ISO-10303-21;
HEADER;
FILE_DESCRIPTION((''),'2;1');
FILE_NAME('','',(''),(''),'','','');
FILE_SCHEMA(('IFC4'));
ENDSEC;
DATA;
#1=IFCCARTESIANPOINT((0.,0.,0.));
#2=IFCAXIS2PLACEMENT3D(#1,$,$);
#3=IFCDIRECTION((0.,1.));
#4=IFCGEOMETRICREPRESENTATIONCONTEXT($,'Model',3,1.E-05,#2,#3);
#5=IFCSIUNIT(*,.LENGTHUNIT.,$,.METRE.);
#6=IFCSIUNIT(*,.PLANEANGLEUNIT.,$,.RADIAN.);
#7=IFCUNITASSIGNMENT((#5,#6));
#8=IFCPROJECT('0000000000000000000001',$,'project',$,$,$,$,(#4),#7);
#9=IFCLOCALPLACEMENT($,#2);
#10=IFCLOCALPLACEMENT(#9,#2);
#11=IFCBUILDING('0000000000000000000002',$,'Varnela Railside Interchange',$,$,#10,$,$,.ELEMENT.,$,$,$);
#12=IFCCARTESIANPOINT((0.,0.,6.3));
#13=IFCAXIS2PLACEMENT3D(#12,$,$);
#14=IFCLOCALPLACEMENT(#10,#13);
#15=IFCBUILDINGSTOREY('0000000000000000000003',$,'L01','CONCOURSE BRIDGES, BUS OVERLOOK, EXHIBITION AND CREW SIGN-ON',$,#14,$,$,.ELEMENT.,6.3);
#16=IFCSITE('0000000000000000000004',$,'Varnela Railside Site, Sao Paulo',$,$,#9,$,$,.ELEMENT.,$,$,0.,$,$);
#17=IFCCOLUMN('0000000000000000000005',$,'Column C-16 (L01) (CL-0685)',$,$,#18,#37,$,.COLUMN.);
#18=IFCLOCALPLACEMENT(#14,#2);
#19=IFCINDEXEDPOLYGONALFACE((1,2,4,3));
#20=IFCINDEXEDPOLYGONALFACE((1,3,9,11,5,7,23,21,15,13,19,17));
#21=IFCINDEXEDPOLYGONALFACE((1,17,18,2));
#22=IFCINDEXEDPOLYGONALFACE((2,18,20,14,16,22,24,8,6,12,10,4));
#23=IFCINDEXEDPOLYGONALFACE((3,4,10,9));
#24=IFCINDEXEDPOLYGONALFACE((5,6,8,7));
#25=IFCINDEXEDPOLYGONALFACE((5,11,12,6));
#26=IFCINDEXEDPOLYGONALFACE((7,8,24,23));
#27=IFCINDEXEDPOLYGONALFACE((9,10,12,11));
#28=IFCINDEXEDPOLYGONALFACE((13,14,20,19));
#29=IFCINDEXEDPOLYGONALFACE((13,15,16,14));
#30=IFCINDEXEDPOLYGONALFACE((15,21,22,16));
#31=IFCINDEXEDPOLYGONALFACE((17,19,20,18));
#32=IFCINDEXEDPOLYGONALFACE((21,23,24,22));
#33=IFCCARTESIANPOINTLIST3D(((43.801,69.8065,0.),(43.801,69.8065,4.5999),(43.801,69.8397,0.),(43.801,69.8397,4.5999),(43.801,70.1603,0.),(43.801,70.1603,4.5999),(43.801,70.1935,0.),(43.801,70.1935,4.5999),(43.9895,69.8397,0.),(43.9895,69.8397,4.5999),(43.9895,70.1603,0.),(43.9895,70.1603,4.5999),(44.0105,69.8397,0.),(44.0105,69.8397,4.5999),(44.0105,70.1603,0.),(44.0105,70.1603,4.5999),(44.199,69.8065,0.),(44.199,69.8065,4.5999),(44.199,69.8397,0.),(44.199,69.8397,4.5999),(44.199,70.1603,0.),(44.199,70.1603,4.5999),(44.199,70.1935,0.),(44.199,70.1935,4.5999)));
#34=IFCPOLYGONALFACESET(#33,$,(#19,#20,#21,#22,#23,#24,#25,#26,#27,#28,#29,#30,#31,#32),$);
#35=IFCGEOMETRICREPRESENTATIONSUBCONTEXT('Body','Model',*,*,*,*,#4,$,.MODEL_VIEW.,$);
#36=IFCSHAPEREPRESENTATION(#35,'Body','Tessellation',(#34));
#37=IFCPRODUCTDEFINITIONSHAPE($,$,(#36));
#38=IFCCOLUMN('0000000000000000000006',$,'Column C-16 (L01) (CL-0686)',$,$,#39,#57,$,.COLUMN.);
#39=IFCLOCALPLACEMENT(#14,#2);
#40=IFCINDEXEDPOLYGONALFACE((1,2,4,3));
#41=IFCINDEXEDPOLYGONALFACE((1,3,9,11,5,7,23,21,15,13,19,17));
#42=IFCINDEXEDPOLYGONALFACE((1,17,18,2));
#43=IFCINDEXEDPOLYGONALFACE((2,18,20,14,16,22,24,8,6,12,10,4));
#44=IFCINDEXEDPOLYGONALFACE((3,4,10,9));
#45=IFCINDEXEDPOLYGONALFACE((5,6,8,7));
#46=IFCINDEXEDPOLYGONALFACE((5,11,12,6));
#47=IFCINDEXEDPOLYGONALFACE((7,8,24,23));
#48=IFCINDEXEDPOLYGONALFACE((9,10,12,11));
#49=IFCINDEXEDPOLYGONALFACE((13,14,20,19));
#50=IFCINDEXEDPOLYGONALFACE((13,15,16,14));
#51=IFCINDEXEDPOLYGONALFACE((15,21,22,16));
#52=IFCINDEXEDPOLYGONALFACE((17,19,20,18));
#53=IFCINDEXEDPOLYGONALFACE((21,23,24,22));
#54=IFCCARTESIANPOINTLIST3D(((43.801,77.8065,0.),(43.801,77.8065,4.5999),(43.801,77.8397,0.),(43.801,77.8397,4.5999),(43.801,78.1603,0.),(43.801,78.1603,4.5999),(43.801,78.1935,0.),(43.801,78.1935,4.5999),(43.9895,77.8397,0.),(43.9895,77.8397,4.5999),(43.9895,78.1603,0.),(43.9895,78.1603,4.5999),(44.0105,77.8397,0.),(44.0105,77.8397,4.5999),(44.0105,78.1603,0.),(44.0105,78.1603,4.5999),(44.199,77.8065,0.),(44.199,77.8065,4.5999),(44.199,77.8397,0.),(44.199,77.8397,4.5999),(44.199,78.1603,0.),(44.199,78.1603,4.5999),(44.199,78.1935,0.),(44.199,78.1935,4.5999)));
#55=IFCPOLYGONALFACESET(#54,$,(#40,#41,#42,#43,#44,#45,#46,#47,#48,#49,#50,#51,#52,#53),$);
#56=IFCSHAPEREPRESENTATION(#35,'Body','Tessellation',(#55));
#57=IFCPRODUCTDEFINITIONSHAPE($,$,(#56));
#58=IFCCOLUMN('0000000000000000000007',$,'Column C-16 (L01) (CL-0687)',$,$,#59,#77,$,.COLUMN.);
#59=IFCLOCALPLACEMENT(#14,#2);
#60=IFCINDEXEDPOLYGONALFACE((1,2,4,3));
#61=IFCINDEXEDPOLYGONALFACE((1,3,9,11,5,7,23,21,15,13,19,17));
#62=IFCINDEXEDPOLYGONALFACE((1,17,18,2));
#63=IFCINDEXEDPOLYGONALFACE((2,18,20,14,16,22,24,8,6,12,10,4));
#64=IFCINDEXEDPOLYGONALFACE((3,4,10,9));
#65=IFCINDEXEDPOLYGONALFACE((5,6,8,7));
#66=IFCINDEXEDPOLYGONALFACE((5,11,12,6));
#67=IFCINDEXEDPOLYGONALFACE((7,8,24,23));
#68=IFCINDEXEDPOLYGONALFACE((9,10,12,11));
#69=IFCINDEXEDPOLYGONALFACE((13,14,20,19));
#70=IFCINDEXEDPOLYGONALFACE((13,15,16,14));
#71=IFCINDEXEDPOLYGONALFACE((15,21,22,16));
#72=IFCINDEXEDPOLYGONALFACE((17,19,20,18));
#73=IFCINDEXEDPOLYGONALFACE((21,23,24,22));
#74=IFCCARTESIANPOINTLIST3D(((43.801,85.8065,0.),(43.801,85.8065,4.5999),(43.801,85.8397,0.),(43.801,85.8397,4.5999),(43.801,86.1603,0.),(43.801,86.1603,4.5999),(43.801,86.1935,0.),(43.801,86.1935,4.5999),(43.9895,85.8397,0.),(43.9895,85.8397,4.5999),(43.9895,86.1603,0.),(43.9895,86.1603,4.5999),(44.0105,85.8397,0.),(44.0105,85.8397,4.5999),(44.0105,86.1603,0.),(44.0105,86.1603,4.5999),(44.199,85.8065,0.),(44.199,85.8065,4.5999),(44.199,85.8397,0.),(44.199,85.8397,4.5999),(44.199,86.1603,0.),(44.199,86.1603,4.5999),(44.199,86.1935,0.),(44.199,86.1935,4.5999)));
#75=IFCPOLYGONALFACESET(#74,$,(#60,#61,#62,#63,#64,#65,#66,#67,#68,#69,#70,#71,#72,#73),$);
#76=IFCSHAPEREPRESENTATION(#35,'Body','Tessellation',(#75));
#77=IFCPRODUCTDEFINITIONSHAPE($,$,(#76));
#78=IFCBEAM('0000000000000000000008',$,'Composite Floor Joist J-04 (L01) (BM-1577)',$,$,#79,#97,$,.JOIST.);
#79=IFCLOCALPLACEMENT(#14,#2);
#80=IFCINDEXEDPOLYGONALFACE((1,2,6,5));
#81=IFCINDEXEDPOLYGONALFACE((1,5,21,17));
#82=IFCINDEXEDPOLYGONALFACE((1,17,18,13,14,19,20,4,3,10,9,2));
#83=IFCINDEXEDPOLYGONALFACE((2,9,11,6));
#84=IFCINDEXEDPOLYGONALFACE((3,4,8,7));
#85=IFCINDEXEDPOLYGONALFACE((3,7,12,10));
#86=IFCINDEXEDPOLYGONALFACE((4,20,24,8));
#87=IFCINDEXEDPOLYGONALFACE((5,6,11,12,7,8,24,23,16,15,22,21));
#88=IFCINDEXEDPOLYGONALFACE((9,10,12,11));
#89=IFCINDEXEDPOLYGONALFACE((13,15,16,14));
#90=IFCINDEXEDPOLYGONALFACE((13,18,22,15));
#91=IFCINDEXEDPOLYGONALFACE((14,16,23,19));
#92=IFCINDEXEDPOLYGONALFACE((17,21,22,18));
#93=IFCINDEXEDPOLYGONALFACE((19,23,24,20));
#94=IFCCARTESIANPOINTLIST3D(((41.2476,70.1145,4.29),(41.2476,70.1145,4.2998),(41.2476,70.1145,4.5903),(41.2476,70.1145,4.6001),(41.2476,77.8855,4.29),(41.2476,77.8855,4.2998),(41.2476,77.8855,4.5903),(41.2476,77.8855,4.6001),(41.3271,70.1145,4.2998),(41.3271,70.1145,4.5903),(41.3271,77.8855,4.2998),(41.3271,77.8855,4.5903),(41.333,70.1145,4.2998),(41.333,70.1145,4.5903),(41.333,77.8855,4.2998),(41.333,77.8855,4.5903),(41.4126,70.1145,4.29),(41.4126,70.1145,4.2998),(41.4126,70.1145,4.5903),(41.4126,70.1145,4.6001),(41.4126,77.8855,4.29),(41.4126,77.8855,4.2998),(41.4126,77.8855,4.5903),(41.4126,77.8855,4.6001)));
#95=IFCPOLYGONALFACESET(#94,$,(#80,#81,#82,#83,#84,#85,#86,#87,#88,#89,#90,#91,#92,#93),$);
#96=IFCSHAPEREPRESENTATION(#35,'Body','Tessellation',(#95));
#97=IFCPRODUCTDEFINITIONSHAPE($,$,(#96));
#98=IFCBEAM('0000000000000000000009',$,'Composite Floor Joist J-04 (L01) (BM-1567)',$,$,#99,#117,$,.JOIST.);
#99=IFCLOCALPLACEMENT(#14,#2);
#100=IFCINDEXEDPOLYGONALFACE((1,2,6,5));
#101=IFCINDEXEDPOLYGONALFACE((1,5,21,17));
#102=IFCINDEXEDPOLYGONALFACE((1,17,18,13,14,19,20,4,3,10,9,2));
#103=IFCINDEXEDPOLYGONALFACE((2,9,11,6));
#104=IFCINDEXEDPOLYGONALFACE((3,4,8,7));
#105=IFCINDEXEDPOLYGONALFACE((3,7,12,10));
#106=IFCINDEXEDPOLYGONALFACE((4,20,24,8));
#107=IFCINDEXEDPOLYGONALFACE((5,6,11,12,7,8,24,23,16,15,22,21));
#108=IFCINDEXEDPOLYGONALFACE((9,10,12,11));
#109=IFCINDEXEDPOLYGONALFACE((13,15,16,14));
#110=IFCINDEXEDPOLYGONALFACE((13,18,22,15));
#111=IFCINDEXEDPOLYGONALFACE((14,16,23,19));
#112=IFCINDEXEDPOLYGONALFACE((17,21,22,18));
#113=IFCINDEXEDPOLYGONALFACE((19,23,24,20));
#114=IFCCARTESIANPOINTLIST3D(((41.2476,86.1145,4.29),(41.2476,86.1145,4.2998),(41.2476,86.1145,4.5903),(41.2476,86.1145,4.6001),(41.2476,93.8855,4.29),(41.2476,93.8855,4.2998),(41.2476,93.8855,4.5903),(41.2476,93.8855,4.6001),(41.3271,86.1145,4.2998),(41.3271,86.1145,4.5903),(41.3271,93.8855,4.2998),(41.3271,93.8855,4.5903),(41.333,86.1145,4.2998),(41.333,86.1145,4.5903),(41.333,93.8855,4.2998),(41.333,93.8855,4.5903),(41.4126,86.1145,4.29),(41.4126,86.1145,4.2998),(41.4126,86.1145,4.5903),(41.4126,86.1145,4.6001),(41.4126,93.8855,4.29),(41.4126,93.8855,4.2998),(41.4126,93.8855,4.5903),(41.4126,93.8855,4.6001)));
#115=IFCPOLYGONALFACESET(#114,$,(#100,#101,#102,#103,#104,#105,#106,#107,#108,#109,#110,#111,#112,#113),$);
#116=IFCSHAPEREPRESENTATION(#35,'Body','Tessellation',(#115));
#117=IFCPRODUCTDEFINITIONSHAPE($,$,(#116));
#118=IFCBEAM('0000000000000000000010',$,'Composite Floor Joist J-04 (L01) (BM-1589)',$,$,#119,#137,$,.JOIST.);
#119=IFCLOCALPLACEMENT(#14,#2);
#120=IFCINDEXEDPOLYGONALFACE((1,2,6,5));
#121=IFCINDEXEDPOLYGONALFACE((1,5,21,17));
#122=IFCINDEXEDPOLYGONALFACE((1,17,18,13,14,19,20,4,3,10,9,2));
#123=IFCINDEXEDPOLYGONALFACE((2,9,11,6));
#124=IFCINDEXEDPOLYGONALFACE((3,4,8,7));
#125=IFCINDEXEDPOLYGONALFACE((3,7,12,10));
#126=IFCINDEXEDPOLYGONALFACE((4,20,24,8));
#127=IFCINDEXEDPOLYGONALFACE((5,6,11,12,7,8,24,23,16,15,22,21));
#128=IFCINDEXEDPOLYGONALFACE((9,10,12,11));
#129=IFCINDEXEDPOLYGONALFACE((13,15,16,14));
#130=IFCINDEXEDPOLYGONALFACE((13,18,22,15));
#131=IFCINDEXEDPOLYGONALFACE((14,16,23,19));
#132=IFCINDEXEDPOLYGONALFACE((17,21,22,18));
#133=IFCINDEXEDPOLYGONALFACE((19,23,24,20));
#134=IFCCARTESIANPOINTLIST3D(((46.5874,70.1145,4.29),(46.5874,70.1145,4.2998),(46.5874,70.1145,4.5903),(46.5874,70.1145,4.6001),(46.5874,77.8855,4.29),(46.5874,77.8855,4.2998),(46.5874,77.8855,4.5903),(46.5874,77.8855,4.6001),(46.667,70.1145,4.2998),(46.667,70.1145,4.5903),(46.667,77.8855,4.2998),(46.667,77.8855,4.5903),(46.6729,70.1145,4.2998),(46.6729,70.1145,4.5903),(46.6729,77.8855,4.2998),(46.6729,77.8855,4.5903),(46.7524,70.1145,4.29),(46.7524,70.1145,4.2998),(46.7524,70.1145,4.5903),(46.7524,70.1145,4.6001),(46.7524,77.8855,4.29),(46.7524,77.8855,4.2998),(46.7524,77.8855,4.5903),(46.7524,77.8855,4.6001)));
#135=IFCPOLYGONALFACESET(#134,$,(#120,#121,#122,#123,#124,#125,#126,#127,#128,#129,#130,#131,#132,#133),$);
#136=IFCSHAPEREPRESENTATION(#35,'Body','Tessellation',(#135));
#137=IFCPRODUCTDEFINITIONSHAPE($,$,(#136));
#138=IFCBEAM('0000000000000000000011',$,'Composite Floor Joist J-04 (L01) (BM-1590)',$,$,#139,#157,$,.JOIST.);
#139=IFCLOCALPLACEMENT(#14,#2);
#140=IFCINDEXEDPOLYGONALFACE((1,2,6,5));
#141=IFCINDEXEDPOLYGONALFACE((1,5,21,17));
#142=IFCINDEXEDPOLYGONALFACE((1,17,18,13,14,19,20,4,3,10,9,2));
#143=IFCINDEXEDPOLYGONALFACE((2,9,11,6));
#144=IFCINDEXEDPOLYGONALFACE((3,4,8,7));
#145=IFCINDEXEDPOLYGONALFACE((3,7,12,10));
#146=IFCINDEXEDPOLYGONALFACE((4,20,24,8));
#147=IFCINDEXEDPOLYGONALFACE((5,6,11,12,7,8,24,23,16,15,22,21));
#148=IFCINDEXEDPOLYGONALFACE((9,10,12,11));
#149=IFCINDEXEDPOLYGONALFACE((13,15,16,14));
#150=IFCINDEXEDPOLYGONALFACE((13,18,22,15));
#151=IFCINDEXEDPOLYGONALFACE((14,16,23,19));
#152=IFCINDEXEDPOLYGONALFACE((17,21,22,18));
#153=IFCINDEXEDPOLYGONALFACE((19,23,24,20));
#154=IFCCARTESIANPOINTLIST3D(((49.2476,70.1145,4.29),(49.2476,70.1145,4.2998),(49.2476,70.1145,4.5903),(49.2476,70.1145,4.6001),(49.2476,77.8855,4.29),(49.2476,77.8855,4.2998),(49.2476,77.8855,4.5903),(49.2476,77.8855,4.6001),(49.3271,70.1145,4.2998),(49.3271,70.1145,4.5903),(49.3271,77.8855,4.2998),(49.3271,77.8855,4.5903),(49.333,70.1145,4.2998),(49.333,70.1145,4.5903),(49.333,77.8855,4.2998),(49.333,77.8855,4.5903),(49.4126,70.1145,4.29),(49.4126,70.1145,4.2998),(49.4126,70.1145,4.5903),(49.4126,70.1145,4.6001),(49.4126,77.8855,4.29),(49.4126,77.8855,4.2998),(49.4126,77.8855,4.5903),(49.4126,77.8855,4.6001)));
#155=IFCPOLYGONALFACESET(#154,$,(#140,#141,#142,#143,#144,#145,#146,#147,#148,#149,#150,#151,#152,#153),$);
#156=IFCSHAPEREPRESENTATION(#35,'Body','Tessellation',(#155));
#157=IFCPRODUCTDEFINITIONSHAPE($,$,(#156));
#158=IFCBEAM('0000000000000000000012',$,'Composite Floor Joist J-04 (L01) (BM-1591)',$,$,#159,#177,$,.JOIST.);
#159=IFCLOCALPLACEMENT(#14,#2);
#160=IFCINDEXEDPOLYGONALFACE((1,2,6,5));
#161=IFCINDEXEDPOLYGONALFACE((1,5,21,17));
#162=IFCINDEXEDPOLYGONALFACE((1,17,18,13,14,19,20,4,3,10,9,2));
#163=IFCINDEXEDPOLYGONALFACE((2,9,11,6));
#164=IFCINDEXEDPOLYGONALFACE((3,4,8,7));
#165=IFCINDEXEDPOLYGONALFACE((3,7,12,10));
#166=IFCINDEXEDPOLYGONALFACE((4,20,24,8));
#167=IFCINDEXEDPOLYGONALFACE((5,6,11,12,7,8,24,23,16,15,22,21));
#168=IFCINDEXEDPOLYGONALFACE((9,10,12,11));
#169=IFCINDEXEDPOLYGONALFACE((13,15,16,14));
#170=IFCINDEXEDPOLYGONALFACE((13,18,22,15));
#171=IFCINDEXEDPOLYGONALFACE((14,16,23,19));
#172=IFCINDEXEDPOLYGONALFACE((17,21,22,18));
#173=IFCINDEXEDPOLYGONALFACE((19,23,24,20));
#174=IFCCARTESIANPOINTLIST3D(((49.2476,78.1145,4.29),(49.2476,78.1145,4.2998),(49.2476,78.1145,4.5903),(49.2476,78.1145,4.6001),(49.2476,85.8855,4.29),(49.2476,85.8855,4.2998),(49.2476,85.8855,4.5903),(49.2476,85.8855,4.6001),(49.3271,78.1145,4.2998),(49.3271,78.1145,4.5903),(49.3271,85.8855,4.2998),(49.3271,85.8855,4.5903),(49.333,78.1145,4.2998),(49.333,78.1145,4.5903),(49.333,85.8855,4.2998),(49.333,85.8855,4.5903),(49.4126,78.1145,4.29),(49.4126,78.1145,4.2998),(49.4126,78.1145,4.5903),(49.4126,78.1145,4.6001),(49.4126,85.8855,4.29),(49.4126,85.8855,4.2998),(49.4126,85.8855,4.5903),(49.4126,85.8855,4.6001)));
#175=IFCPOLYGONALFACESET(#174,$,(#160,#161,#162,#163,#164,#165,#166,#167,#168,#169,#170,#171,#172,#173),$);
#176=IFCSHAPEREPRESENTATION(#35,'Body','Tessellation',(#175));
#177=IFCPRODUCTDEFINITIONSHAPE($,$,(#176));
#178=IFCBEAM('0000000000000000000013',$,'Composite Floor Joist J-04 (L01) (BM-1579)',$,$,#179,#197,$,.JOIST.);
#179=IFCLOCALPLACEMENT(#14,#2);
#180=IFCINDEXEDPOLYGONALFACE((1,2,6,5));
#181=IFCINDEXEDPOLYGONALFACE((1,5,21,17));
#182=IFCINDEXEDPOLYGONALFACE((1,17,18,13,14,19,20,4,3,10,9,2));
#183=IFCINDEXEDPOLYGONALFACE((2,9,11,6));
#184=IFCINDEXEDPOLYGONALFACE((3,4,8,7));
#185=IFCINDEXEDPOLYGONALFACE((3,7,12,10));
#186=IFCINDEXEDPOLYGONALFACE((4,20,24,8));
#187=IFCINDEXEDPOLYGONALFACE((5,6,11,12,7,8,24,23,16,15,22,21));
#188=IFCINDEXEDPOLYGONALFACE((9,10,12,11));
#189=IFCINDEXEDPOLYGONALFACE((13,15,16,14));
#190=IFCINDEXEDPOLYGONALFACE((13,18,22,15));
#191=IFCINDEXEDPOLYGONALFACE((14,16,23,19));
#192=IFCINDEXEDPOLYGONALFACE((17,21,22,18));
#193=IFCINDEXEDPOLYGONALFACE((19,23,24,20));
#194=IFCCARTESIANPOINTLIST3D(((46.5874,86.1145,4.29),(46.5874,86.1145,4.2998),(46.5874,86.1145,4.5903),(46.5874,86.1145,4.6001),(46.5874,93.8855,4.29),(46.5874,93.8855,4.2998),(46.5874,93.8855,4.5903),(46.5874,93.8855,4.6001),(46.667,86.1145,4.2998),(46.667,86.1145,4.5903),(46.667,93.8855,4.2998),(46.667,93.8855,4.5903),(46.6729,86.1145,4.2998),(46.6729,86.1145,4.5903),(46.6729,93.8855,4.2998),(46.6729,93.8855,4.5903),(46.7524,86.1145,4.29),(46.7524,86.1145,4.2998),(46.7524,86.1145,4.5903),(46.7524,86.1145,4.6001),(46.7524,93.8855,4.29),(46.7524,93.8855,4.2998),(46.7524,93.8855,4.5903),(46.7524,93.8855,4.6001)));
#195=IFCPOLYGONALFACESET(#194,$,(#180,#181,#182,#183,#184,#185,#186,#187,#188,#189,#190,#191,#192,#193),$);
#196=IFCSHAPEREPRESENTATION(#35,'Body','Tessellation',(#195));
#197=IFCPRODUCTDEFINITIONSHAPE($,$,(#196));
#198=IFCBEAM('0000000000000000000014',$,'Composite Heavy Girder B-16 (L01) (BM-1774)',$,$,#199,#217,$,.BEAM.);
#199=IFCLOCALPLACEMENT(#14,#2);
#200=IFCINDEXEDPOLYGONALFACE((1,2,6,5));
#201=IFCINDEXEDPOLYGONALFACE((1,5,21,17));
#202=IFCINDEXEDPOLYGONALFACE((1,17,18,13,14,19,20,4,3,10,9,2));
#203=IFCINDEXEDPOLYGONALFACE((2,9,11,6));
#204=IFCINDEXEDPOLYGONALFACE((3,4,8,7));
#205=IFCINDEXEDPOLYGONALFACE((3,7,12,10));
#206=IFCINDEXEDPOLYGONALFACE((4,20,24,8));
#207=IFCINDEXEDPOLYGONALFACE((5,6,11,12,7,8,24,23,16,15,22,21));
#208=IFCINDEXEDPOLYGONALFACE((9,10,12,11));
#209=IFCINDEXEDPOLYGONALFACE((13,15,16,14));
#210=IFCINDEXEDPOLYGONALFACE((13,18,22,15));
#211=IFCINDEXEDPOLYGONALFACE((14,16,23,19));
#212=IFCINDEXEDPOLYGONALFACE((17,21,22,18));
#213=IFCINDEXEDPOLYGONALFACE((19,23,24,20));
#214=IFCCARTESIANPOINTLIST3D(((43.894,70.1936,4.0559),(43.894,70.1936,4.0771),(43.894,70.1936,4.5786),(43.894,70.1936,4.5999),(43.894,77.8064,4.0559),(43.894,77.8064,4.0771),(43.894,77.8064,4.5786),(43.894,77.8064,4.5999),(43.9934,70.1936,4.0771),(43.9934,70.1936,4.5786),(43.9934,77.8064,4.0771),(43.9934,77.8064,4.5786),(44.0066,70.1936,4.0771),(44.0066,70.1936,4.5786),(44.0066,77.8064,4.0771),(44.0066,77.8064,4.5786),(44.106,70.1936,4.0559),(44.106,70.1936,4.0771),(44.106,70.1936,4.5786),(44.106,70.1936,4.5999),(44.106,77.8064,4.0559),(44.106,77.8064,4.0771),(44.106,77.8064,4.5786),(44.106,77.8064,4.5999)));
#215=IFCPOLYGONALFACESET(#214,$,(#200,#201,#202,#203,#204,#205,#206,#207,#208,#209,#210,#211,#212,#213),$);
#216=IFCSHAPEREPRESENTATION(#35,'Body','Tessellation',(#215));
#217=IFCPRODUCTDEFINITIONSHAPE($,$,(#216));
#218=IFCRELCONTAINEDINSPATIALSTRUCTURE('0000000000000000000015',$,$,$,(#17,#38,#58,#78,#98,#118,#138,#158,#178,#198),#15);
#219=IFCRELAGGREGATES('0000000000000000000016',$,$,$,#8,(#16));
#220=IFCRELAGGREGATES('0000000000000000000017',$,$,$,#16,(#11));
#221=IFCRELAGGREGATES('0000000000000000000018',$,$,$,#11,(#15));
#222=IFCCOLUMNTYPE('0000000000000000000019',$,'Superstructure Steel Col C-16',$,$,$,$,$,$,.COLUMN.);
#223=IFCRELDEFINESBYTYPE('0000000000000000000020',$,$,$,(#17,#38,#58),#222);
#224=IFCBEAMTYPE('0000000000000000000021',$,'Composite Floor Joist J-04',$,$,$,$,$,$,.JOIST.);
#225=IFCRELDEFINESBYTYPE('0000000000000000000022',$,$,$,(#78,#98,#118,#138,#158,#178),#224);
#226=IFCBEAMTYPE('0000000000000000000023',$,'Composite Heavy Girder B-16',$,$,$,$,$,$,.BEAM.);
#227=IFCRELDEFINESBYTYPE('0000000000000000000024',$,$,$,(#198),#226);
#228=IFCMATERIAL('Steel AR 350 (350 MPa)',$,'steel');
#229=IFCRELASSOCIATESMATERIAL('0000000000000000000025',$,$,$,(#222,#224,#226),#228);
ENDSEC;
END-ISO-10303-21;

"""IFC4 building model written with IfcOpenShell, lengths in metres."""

from ifc_helpers import new_model, si_unit, direction, frame, origin, origin_2d, place, context, subcontext, project, spatial, i_section, extrude, material, material_profile, profile_set, type_object, element, save


model = new_model("IFC4")

# Units and contexts
model_context = context("Model", 3, precision=1e-05, world=origin(), true_north=direction((0.0, 1.0)))
body_context = subcontext(model_context, "Body", "Model", "MODEL_VIEW")
ifc_project = project(units=[si_unit("LENGTHUNIT", "METRE"), si_unit("PLANEANGLEUNIT", "RADIAN")], contexts=[model_context])

# Site, building, storey
site_placement = place(None, origin())
site = spatial("IfcSite", under=ifc_project, at=site_placement, Name="Varnela Railside Site, Sao Paulo", CompositionType="ELEMENT", RefElevation=0.0)
building_placement = place(site_placement, origin())
building = spatial("IfcBuilding", under=site, at=building_placement, Name="Varnela Railside Interchange", CompositionType="ELEMENT")
storey_placement = place(building_placement, frame((0.0, 0.0, 6.3)))
storey = spatial("IfcBuildingStorey", under=building, at=storey_placement, Name="L01", Description="CONCOURSE BRIDGES, BUS OVERLOOK, EXHIBITION AND CREW SIGN-ON", CompositionType="ELEMENT", Elevation=6.3)

# Columns
ifc_material_1 = material(Name="Steel AR 350 (350 MPa)", Category="steel")
ifc_material_profile_1 = material_profile(ifc_material_1, i_section(OverallWidth=0.3979, OverallDepth=0.387, WebThickness=0.021, FlangeThickness=0.0332, at=origin_2d()), Name="W360x262")
ifc_profile_set_1 = profile_set([ifc_material_profile_1], Name="Steel AR 350 (350 MPa)")
column_type = type_object("IfcColumnType", Name="Superstructure Steel Col C-16", PredefinedType="COLUMN", material=ifc_profile_set_1)
for number, where, z_axis, x_axis, name in (
    (1, (44.0, 70.0, 0.0), (0.0, 0.0, 1.0), (1.0, 0.0, 0.0), "Column C-16 (L01) (CL-0685)"),
    (2, (44.0, 78.0, 0.0), (0.0, 0.0, 1.0), (1.0, 0.0, 0.0), "Column C-16 (L01) (CL-0686)"),
    (3, (44.0, 86.0, 0.0), (0.0, 0.0, 1.0), (1.0, 0.0, 0.0), "Column C-16 (L01) (CL-0687)"),
):
    element("IfcColumn", number, at=place(storey_placement, frame(where, z_axis=z_axis, x_axis=x_axis)), inside=storey, type_object=column_type, Name=name, PredefinedType="COLUMN", context=body_context, shape_type="SweptSolid", body=[
        extrude(i_section(OverallWidth=0.3979, OverallDepth=0.387, WebThickness=0.021, FlangeThickness=0.0332, at=origin_2d()), origin(), (0.0, 0.0, 1.0), 4.5999),
    ])

# Beams
ifc_material_profile_2 = material_profile(ifc_material_1, i_section(OverallWidth=0.165, OverallDepth=0.3101, WebThickness=0.0059, FlangeThickness=0.0098, at=origin_2d()), Name="W310x38.7")
ifc_profile_set_2 = profile_set([ifc_material_profile_2], Name="Steel AR 350 (350 MPa)")
beam_type_1 = type_object("IfcBeamType", Name="Composite Floor Joist J-04", PredefinedType="JOIST", material=ifc_profile_set_2)
for number, where, z_axis, x_axis, name in (
    (4, (41.3301, 70.1145, 4.4451), (0.0, 1.0, 0.0), (-1.0, 0.0, 0.0), "Composite Floor Joist J-04 (L01) (BM-1577)"),
    (5, (41.3301, 86.1145, 4.4451), (0.0, 1.0, 0.0), (-1.0, 0.0, 0.0), "Composite Floor Joist J-04 (L01) (BM-1567)"),
    (6, (46.6699, 70.1145, 4.4451), (0.0, 1.0, 0.0), (-1.0, 0.0, 0.0), "Composite Floor Joist J-04 (L01) (BM-1589)"),
    (7, (49.3301, 70.1145, 4.4451), (0.0, 1.0, 0.0), (-1.0, 0.0, 0.0), "Composite Floor Joist J-04 (L01) (BM-1590)"),
    (8, (49.3301, 78.1145, 4.4451), (0.0, 1.0, 0.0), (-1.0, 0.0, 0.0), "Composite Floor Joist J-04 (L01) (BM-1591)"),
    (9, (46.6699, 86.1145, 4.4451), (0.0, 1.0, 0.0), (-1.0, 0.0, 0.0), "Composite Floor Joist J-04 (L01) (BM-1579)"),
):
    element("IfcBeam", number, at=place(storey_placement, frame(where, z_axis=z_axis, x_axis=x_axis)), inside=storey, type_object=beam_type_1, Name=name, PredefinedType="JOIST", context=body_context, shape_type="SweptSolid", body=[
        extrude(i_section(OverallWidth=0.165, OverallDepth=0.3101, WebThickness=0.0059, FlangeThickness=0.0098, at=origin_2d()), origin(), (0.0, 0.0, 1.0), 7.771),
    ])
ifc_material_profile_3 = material_profile(ifc_material_1, i_section(OverallWidth=0.2119, OverallDepth=0.5439, WebThickness=0.0132, FlangeThickness=0.0212, at=origin_2d()), Name="W530x123")
ifc_profile_set_3 = profile_set([ifc_material_profile_3], Name="Steel AR 350 (350 MPa)")
beam_type_2 = type_object("IfcBeamType", Name="Composite Heavy Girder B-16", PredefinedType="BEAM", material=ifc_profile_set_3)
beam_1_placement = place(storey_placement, frame((44.0, 70.1936, 4.3279), z_axis=(0.0, 1.0, 0.0), x_axis=(-1.0, 0.0, 0.0)))
element("IfcBeam", 10, at=beam_1_placement, inside=storey, type_object=beam_type_2, Name="Composite Heavy Girder B-16 (L01) (BM-1774)", PredefinedType="BEAM", context=body_context, shape_type="SweptSolid", body=[
    extrude(i_section(OverallWidth=0.2119, OverallDepth=0.5439, WebThickness=0.0132, FlangeThickness=0.0212, at=origin_2d()), origin(), (0.0, 0.0, 1.0), 7.6128),
])

save(model, "model.ifc")
